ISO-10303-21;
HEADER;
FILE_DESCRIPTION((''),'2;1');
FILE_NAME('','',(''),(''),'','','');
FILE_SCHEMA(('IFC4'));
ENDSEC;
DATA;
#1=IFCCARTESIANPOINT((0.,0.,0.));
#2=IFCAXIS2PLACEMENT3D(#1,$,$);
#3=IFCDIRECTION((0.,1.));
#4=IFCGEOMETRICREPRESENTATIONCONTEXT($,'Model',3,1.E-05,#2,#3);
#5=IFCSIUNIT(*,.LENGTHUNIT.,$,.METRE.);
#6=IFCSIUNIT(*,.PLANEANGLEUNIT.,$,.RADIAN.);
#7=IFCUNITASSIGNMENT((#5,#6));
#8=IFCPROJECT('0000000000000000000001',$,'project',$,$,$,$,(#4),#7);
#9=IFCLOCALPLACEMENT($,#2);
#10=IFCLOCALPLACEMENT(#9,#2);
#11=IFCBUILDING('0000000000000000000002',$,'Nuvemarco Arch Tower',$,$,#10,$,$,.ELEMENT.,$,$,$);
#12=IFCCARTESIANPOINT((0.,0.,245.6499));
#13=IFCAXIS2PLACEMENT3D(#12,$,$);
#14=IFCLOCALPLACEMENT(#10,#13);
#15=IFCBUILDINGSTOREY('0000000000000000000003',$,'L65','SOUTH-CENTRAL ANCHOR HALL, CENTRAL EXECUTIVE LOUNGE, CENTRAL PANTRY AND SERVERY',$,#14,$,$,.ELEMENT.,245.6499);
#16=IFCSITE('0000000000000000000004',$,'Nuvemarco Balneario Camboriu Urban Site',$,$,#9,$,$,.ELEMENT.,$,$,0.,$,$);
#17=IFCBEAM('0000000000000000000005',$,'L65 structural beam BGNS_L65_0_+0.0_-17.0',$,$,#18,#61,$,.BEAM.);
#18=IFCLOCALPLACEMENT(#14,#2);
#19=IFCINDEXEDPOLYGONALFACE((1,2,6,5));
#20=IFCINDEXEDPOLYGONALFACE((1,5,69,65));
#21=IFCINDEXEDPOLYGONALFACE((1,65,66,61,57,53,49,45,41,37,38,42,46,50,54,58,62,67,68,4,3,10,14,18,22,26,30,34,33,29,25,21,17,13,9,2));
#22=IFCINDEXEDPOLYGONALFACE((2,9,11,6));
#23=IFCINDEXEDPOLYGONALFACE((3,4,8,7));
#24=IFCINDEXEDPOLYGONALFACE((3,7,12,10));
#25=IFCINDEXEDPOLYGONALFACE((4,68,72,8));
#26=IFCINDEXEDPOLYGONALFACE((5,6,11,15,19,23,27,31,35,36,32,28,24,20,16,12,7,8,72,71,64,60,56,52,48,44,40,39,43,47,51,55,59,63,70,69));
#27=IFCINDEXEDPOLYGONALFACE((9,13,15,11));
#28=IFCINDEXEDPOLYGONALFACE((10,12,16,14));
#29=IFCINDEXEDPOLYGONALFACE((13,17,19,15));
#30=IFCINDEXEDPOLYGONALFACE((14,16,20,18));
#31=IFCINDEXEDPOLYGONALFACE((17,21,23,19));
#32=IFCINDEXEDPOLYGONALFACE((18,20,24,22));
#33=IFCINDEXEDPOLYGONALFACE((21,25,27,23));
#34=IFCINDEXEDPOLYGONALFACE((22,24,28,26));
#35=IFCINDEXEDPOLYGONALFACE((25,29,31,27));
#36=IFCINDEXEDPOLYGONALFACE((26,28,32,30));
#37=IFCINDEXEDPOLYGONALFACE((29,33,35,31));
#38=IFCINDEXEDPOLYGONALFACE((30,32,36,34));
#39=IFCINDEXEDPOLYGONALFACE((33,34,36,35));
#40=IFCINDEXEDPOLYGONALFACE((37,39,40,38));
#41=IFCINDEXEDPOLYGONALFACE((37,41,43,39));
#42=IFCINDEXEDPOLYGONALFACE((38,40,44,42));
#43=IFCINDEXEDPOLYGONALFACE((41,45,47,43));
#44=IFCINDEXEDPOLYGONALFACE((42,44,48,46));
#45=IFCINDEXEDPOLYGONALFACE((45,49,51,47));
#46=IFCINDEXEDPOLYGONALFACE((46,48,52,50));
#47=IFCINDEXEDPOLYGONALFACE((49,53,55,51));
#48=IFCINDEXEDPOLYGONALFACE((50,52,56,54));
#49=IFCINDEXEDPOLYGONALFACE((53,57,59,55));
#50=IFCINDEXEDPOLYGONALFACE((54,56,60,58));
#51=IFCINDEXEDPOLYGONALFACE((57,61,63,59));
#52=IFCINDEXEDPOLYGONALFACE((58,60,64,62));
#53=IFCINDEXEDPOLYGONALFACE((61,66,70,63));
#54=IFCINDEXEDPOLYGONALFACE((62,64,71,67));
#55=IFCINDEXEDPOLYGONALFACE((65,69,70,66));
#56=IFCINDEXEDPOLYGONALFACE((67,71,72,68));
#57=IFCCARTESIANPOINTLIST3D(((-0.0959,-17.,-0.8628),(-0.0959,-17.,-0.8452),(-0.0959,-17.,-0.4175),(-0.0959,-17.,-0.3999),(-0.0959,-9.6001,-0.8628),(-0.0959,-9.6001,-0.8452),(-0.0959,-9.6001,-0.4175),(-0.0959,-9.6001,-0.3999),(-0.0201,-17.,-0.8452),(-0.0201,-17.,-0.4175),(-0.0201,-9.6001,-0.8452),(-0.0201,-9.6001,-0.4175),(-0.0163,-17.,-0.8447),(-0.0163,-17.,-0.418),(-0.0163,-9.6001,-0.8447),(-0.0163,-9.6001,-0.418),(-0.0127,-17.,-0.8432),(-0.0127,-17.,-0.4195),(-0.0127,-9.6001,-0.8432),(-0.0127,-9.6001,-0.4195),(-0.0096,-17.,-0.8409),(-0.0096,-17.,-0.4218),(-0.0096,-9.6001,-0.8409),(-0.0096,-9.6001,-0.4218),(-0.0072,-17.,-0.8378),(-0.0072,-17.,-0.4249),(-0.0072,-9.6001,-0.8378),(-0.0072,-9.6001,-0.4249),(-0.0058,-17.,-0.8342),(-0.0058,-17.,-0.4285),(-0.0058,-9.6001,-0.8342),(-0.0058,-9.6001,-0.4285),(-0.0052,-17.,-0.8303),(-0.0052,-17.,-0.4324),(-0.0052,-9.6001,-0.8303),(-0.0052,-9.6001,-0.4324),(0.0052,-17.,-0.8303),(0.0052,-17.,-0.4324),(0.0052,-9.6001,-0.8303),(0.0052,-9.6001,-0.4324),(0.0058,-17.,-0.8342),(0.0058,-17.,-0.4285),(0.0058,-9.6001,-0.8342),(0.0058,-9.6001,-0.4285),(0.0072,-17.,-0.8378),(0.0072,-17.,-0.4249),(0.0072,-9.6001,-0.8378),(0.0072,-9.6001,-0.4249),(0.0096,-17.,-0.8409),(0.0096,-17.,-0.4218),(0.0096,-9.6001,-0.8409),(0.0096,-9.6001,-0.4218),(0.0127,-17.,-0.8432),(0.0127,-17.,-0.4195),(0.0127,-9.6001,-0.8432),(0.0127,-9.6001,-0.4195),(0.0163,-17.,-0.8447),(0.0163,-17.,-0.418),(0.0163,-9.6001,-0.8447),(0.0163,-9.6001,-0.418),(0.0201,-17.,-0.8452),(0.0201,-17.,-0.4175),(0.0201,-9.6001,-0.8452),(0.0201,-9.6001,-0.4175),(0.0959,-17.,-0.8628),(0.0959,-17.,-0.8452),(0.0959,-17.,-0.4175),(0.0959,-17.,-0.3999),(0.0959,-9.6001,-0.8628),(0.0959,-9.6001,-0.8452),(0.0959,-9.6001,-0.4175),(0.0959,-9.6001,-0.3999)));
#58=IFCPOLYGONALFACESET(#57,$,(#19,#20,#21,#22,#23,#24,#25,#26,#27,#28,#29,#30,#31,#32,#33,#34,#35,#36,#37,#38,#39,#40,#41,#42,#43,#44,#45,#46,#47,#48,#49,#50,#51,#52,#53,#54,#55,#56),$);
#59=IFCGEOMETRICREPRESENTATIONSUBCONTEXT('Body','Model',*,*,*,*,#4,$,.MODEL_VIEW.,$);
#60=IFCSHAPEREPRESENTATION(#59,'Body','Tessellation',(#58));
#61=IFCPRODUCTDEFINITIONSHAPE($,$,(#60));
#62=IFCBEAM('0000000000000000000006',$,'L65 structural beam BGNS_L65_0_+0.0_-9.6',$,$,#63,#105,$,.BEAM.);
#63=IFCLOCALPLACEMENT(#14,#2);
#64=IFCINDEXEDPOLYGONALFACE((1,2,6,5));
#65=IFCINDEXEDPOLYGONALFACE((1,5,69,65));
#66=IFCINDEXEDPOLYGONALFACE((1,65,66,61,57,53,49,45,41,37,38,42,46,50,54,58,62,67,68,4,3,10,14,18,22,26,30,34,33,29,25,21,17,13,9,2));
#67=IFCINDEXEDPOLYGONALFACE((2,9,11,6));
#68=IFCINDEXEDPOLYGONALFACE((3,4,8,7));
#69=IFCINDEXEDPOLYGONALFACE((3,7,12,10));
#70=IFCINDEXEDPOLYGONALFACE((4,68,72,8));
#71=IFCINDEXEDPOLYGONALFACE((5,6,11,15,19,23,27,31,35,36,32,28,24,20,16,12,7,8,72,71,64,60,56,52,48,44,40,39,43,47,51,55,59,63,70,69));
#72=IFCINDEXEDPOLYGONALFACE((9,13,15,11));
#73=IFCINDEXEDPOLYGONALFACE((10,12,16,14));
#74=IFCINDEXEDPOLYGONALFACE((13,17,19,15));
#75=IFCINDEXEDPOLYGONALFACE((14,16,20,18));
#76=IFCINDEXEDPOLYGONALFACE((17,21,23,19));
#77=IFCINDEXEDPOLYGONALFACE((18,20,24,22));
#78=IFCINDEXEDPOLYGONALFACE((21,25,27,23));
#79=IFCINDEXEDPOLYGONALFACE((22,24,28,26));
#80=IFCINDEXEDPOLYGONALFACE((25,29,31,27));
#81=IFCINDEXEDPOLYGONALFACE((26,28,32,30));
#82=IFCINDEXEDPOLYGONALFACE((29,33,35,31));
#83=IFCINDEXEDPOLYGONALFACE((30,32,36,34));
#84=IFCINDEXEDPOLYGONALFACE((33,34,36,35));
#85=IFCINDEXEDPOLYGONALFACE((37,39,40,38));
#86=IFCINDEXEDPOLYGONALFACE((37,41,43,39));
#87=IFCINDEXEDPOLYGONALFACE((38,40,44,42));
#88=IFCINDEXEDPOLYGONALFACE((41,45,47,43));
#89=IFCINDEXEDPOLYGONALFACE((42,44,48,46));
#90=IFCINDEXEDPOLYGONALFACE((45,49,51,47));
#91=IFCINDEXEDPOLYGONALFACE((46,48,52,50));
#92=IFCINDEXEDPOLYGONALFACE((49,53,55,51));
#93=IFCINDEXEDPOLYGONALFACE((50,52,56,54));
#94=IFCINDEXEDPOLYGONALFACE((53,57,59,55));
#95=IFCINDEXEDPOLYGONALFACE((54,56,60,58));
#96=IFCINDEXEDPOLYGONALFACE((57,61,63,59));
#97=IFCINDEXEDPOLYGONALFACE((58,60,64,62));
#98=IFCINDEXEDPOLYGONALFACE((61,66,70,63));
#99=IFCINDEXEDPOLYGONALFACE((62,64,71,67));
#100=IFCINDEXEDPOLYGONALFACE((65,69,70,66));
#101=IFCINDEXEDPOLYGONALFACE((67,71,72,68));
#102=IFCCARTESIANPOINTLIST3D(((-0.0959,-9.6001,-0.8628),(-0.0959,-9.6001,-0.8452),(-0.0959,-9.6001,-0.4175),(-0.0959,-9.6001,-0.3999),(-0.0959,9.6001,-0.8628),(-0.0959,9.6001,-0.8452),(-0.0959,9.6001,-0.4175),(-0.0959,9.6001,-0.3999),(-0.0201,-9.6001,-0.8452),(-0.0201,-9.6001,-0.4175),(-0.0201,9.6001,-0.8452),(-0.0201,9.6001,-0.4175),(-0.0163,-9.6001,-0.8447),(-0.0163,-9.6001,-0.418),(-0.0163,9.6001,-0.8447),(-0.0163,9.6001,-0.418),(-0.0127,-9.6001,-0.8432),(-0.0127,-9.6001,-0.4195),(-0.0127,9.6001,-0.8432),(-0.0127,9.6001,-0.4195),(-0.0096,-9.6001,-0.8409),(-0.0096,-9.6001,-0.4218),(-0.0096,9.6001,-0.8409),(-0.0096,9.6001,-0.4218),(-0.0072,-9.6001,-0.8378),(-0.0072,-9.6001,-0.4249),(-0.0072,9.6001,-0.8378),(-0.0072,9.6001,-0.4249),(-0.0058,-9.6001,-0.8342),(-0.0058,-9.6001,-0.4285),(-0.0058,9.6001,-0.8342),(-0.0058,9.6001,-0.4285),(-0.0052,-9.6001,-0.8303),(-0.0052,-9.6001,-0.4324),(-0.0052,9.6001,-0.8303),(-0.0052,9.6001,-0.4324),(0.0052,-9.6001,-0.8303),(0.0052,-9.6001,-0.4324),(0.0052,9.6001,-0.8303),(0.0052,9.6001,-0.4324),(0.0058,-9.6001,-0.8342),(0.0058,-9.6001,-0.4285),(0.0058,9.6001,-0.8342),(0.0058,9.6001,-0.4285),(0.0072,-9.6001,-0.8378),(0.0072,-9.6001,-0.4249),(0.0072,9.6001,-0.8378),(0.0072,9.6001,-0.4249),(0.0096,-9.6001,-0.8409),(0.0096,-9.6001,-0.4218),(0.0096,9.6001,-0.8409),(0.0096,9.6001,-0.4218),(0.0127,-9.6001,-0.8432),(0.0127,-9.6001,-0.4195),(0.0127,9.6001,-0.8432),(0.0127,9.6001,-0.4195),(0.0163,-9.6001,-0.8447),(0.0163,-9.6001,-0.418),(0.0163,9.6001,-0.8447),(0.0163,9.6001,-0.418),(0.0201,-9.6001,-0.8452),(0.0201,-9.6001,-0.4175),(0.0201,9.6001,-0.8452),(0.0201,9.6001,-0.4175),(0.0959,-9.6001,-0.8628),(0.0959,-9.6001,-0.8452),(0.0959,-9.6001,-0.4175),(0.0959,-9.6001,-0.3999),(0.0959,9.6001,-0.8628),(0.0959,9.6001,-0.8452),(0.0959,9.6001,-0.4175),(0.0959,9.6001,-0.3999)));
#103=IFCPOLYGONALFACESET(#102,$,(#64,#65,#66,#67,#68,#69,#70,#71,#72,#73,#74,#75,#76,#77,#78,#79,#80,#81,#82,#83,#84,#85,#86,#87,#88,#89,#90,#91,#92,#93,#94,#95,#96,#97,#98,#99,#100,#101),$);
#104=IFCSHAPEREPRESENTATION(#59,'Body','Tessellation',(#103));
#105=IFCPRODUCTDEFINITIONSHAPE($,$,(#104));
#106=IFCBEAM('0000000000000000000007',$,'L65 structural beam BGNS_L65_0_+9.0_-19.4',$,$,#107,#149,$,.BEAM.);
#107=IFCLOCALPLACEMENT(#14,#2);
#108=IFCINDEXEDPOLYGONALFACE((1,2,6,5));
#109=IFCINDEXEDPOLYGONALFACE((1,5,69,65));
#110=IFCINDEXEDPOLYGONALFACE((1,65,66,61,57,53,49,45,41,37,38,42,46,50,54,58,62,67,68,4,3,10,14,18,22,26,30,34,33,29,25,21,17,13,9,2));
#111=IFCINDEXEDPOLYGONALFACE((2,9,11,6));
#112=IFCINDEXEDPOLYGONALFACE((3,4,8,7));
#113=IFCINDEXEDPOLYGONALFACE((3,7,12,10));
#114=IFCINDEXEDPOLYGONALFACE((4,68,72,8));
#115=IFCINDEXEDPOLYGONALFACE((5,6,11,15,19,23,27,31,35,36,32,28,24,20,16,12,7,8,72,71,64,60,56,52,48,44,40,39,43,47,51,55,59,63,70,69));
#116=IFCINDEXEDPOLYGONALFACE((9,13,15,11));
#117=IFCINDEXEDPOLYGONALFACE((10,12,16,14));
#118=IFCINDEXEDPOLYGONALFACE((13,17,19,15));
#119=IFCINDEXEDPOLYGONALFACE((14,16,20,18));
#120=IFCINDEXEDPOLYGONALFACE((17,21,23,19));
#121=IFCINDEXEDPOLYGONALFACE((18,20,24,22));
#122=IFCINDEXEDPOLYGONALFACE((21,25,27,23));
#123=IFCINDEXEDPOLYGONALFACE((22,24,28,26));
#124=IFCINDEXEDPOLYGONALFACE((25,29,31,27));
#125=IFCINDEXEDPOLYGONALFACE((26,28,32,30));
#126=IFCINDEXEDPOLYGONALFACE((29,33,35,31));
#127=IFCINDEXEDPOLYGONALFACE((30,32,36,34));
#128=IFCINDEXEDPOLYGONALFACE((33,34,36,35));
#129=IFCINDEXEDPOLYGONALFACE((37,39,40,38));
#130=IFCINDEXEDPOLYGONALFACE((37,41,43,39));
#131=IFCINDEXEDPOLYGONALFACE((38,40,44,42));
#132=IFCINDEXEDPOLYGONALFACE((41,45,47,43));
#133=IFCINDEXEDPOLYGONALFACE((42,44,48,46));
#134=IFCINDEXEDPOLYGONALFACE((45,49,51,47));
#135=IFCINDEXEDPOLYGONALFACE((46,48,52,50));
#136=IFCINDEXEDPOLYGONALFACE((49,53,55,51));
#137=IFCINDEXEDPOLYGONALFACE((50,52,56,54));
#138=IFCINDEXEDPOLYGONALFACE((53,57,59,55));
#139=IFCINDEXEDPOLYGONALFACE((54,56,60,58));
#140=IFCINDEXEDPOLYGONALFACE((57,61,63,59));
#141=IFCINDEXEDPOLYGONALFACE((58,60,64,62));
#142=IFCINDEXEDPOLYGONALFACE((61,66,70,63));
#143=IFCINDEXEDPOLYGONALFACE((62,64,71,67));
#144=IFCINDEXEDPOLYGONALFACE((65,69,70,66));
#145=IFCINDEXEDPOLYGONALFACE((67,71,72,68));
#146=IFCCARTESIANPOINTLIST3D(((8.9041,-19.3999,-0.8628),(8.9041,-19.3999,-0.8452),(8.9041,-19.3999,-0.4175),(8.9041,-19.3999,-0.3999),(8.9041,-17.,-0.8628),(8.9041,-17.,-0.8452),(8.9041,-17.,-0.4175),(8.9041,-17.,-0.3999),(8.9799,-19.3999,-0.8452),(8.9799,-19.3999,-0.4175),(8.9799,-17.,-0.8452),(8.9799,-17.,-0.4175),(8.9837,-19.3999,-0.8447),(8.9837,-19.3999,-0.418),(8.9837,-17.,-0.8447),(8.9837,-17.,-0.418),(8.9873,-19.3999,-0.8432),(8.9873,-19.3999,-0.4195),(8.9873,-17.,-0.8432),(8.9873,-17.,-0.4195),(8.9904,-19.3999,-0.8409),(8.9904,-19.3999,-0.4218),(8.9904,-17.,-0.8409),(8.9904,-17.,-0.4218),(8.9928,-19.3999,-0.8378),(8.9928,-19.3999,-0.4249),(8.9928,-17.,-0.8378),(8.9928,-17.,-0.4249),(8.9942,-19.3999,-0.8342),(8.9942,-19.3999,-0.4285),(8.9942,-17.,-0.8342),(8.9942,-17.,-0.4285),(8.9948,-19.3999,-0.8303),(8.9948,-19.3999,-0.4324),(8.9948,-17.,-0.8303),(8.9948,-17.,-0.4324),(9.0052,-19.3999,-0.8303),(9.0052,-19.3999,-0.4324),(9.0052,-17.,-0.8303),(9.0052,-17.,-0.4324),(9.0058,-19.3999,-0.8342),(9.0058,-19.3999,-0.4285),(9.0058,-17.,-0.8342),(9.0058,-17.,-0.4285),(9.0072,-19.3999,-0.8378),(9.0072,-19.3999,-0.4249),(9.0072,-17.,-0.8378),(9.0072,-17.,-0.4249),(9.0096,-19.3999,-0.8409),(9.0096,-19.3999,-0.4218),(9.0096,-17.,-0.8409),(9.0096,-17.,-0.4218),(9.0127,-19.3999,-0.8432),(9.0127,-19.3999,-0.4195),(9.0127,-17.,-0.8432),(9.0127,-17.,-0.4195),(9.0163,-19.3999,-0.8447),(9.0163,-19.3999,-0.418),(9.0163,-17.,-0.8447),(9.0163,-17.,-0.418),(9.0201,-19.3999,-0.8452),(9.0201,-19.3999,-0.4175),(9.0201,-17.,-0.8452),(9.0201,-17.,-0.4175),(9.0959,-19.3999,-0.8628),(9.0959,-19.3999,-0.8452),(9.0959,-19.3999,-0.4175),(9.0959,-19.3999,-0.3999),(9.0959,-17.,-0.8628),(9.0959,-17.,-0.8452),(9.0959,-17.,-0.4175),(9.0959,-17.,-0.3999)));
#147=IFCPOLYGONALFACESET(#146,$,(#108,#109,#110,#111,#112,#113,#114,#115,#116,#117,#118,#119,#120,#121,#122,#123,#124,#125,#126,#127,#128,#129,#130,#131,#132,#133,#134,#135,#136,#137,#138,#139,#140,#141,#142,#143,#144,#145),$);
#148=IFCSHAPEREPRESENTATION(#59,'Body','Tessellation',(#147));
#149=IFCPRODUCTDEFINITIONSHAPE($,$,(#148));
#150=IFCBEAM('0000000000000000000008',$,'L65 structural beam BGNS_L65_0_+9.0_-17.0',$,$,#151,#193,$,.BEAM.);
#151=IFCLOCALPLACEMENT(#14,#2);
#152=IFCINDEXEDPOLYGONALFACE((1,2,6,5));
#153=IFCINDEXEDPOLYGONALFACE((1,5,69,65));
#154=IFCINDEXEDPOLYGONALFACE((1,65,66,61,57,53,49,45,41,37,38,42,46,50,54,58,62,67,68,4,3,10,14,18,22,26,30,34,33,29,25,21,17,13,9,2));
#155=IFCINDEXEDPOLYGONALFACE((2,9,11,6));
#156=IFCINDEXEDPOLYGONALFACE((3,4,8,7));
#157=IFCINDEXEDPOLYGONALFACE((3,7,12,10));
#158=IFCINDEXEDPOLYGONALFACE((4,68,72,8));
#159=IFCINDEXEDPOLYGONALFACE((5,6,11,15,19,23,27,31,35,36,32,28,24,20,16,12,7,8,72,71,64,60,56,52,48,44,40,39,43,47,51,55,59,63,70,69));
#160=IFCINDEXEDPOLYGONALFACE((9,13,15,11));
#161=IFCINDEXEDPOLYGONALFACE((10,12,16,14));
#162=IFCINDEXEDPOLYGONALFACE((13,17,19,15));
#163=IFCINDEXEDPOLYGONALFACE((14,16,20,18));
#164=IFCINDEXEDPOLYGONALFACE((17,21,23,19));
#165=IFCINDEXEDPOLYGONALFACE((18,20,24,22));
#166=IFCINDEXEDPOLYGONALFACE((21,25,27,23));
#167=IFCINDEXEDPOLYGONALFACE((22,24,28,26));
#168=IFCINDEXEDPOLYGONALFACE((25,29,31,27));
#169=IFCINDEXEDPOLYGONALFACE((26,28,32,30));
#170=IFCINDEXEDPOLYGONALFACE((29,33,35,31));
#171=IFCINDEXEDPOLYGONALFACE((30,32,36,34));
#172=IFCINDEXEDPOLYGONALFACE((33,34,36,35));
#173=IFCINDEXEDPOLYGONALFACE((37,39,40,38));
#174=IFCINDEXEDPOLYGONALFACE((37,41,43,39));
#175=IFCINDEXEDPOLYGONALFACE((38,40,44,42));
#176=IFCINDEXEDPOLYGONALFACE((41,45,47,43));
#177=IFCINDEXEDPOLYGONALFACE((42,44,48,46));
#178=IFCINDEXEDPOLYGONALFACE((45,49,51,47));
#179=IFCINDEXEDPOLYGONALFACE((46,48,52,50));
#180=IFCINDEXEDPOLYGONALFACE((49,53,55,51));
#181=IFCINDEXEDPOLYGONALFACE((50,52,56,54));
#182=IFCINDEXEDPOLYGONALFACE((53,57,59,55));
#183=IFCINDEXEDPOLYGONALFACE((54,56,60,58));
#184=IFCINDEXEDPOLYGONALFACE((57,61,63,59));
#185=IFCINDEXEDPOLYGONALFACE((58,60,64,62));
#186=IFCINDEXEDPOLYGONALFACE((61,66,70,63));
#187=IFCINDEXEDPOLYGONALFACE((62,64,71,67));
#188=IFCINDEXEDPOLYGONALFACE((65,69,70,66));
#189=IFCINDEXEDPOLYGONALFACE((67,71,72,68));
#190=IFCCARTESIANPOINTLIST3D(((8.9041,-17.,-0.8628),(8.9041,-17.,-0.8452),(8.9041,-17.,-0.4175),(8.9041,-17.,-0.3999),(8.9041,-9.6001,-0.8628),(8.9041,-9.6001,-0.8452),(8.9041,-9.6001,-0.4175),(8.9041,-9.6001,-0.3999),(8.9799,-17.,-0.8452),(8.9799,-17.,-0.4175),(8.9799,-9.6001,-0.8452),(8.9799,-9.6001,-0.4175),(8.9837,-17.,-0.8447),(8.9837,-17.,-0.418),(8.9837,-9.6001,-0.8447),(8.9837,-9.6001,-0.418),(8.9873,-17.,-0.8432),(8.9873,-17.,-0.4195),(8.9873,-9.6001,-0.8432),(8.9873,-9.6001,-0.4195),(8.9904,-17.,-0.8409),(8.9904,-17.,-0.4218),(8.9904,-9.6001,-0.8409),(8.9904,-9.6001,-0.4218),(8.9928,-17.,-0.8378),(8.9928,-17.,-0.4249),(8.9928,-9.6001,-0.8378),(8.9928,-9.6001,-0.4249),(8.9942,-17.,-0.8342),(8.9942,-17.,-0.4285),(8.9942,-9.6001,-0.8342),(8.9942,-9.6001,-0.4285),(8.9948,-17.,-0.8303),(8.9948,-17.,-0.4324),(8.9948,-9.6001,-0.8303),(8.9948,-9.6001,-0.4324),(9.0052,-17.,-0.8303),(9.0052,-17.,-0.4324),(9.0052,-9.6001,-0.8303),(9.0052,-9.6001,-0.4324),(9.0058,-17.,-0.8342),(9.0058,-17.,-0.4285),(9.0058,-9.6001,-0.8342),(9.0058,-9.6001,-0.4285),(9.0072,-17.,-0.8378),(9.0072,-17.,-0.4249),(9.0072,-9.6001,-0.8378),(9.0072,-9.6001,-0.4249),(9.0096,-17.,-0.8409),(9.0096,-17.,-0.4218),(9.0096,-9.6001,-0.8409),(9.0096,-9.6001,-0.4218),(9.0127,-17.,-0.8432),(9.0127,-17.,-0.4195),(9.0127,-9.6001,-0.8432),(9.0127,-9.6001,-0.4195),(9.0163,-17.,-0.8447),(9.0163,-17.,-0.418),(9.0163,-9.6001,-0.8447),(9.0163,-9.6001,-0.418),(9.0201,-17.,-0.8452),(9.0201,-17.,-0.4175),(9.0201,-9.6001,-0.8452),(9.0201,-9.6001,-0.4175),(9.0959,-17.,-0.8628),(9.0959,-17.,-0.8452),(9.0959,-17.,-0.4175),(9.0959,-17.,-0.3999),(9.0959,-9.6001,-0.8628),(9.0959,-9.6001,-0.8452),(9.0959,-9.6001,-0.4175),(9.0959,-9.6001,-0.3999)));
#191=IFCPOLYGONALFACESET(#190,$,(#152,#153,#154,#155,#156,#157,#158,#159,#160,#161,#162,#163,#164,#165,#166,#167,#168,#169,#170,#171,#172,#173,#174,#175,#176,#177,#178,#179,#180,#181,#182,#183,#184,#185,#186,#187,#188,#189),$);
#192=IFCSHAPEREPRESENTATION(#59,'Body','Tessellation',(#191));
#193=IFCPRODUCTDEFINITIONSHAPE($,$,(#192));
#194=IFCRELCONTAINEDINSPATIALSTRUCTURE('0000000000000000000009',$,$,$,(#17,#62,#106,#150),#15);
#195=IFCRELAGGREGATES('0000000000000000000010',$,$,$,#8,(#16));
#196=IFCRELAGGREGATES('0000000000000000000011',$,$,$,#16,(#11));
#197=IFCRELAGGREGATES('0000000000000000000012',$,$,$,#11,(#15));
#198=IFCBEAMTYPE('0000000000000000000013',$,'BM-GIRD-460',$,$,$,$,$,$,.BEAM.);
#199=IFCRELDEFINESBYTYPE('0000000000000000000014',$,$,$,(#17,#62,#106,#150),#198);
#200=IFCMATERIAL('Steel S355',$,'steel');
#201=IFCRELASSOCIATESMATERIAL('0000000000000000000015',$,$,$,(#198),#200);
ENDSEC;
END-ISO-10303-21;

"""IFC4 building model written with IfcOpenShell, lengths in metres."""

from ifc_helpers import new_model, si_unit, direction, frame, origin, origin_2d, place, context, subcontext, project, spatial, i_section, extrude, material, material_profile, profile_set, type_object, element, save


model = new_model("IFC4")

# Units and contexts
model_context = context("Model", 3, precision=1e-05, world=origin(), true_north=direction((0.0, 1.0)))
body_context = subcontext(model_context, "Body", "Model", "MODEL_VIEW")
ifc_project = project(units=[si_unit("LENGTHUNIT", "METRE"), si_unit("PLANEANGLEUNIT", "RADIAN")], contexts=[model_context])

# Site, building, storey
site_placement = place(None, origin())
site = spatial("IfcSite", under=ifc_project, at=site_placement, Name="Nuvemarco Balneario Camboriu Urban Site", CompositionType="ELEMENT", RefElevation=0.0)
building_placement = place(site_placement, origin())
building = spatial("IfcBuilding", under=site, at=building_placement, Name="Nuvemarco Arch Tower", CompositionType="ELEMENT")
storey_placement = place(building_placement, frame((0.0, 0.0, 245.6499)))
storey = spatial("IfcBuildingStorey", under=building, at=storey_placement, Name="L65", Description="SOUTH-CENTRAL ANCHOR HALL, CENTRAL EXECUTIVE LOUNGE, CENTRAL PANTRY AND SERVERY", CompositionType="ELEMENT", Elevation=245.6499)

# Shared definitions
ifc_material_1 = material(Name="Steel S355", Category="steel")

# Beams
ifc_material_profile_1 = material_profile(ifc_material_1, i_section(OverallWidth=0.1919, OverallDepth=0.4629, WebThickness=0.0105, FlangeThickness=0.0176, FilletRadius=0.0149, at=origin_2d()), Name="W460x89")
ifc_profile_set_1 = profile_set([ifc_material_profile_1], Name="Steel S355")
beam_type_1 = type_object("IfcBeamType", Name="BM-GIRD-460", PredefinedType="BEAM", material=ifc_profile_set_1)
beam_1_placement = place(storey_placement, frame((0.0, -17.0, -0.6313), z_axis=(0.0, 1.0, 0.0), x_axis=(-1.0, 0.0, 0.0)))
element("IfcBeam", 1, at=beam_1_placement, inside=storey, type_object=beam_type_1, Name="L65 structural beam BGNS_L65_0_+0.0_-17.0", PredefinedType="BEAM", context=body_context, shape_type="SweptSolid", body=[
    extrude(i_section(OverallWidth=0.1919, OverallDepth=0.4629, WebThickness=0.0105, FlangeThickness=0.0176, FilletRadius=0.0149, at=origin_2d()), origin(), (0.0, 0.0, 1.0), 7.3999),
])
beam_2_placement = place(storey_placement, frame((0.0, -9.6001, -0.6313), z_axis=(0.0, 1.0, 0.0), x_axis=(-1.0, 0.0, 0.0)))
element("IfcBeam", 2, at=beam_2_placement, inside=storey, type_object=beam_type_1, Name="L65 structural beam BGNS_L65_0_+0.0_-9.6", PredefinedType="BEAM", context=body_context, shape_type="SweptSolid", body=[
    extrude(i_section(OverallWidth=0.1919, OverallDepth=0.4629, WebThickness=0.0105, FlangeThickness=0.0176, FilletRadius=0.0149, at=origin_2d()), origin(), (0.0, 0.0, 1.0), 19.2002),
])
beam_3_placement = place(storey_placement, frame((9.0, -19.3999, -0.6313), z_axis=(0.0, 1.0, 0.0), x_axis=(-1.0, 0.0, 0.0)))
element("IfcBeam", 3, at=beam_3_placement, inside=storey, type_object=beam_type_1, Name="L65 structural beam BGNS_L65_0_+9.0_-19.4", PredefinedType="BEAM", context=body_context, shape_type="SweptSolid", body=[
    extrude(i_section(OverallWidth=0.1919, OverallDepth=0.4629, WebThickness=0.0105, FlangeThickness=0.0176, FilletRadius=0.0149, at=origin_2d()), origin(), (0.0, 0.0, 1.0), 2.3999),
])
beam_4_placement = place(storey_placement, frame((9.0, -17.0, -0.6313), z_axis=(0.0, 1.0, 0.0), x_axis=(-1.0, 0.0, 0.0)))
element("IfcBeam", 4, at=beam_4_placement, inside=storey, type_object=beam_type_1, Name="L65 structural beam BGNS_L65_0_+9.0_-17.0", PredefinedType="BEAM", context=body_context, shape_type="SweptSolid", body=[
    extrude(i_section(OverallWidth=0.1919, OverallDepth=0.4629, WebThickness=0.0105, FlangeThickness=0.0176, FilletRadius=0.0149, at=origin_2d()), origin(), (0.0, 0.0, 1.0), 7.3999),
])

save(model, "model.ifc")
